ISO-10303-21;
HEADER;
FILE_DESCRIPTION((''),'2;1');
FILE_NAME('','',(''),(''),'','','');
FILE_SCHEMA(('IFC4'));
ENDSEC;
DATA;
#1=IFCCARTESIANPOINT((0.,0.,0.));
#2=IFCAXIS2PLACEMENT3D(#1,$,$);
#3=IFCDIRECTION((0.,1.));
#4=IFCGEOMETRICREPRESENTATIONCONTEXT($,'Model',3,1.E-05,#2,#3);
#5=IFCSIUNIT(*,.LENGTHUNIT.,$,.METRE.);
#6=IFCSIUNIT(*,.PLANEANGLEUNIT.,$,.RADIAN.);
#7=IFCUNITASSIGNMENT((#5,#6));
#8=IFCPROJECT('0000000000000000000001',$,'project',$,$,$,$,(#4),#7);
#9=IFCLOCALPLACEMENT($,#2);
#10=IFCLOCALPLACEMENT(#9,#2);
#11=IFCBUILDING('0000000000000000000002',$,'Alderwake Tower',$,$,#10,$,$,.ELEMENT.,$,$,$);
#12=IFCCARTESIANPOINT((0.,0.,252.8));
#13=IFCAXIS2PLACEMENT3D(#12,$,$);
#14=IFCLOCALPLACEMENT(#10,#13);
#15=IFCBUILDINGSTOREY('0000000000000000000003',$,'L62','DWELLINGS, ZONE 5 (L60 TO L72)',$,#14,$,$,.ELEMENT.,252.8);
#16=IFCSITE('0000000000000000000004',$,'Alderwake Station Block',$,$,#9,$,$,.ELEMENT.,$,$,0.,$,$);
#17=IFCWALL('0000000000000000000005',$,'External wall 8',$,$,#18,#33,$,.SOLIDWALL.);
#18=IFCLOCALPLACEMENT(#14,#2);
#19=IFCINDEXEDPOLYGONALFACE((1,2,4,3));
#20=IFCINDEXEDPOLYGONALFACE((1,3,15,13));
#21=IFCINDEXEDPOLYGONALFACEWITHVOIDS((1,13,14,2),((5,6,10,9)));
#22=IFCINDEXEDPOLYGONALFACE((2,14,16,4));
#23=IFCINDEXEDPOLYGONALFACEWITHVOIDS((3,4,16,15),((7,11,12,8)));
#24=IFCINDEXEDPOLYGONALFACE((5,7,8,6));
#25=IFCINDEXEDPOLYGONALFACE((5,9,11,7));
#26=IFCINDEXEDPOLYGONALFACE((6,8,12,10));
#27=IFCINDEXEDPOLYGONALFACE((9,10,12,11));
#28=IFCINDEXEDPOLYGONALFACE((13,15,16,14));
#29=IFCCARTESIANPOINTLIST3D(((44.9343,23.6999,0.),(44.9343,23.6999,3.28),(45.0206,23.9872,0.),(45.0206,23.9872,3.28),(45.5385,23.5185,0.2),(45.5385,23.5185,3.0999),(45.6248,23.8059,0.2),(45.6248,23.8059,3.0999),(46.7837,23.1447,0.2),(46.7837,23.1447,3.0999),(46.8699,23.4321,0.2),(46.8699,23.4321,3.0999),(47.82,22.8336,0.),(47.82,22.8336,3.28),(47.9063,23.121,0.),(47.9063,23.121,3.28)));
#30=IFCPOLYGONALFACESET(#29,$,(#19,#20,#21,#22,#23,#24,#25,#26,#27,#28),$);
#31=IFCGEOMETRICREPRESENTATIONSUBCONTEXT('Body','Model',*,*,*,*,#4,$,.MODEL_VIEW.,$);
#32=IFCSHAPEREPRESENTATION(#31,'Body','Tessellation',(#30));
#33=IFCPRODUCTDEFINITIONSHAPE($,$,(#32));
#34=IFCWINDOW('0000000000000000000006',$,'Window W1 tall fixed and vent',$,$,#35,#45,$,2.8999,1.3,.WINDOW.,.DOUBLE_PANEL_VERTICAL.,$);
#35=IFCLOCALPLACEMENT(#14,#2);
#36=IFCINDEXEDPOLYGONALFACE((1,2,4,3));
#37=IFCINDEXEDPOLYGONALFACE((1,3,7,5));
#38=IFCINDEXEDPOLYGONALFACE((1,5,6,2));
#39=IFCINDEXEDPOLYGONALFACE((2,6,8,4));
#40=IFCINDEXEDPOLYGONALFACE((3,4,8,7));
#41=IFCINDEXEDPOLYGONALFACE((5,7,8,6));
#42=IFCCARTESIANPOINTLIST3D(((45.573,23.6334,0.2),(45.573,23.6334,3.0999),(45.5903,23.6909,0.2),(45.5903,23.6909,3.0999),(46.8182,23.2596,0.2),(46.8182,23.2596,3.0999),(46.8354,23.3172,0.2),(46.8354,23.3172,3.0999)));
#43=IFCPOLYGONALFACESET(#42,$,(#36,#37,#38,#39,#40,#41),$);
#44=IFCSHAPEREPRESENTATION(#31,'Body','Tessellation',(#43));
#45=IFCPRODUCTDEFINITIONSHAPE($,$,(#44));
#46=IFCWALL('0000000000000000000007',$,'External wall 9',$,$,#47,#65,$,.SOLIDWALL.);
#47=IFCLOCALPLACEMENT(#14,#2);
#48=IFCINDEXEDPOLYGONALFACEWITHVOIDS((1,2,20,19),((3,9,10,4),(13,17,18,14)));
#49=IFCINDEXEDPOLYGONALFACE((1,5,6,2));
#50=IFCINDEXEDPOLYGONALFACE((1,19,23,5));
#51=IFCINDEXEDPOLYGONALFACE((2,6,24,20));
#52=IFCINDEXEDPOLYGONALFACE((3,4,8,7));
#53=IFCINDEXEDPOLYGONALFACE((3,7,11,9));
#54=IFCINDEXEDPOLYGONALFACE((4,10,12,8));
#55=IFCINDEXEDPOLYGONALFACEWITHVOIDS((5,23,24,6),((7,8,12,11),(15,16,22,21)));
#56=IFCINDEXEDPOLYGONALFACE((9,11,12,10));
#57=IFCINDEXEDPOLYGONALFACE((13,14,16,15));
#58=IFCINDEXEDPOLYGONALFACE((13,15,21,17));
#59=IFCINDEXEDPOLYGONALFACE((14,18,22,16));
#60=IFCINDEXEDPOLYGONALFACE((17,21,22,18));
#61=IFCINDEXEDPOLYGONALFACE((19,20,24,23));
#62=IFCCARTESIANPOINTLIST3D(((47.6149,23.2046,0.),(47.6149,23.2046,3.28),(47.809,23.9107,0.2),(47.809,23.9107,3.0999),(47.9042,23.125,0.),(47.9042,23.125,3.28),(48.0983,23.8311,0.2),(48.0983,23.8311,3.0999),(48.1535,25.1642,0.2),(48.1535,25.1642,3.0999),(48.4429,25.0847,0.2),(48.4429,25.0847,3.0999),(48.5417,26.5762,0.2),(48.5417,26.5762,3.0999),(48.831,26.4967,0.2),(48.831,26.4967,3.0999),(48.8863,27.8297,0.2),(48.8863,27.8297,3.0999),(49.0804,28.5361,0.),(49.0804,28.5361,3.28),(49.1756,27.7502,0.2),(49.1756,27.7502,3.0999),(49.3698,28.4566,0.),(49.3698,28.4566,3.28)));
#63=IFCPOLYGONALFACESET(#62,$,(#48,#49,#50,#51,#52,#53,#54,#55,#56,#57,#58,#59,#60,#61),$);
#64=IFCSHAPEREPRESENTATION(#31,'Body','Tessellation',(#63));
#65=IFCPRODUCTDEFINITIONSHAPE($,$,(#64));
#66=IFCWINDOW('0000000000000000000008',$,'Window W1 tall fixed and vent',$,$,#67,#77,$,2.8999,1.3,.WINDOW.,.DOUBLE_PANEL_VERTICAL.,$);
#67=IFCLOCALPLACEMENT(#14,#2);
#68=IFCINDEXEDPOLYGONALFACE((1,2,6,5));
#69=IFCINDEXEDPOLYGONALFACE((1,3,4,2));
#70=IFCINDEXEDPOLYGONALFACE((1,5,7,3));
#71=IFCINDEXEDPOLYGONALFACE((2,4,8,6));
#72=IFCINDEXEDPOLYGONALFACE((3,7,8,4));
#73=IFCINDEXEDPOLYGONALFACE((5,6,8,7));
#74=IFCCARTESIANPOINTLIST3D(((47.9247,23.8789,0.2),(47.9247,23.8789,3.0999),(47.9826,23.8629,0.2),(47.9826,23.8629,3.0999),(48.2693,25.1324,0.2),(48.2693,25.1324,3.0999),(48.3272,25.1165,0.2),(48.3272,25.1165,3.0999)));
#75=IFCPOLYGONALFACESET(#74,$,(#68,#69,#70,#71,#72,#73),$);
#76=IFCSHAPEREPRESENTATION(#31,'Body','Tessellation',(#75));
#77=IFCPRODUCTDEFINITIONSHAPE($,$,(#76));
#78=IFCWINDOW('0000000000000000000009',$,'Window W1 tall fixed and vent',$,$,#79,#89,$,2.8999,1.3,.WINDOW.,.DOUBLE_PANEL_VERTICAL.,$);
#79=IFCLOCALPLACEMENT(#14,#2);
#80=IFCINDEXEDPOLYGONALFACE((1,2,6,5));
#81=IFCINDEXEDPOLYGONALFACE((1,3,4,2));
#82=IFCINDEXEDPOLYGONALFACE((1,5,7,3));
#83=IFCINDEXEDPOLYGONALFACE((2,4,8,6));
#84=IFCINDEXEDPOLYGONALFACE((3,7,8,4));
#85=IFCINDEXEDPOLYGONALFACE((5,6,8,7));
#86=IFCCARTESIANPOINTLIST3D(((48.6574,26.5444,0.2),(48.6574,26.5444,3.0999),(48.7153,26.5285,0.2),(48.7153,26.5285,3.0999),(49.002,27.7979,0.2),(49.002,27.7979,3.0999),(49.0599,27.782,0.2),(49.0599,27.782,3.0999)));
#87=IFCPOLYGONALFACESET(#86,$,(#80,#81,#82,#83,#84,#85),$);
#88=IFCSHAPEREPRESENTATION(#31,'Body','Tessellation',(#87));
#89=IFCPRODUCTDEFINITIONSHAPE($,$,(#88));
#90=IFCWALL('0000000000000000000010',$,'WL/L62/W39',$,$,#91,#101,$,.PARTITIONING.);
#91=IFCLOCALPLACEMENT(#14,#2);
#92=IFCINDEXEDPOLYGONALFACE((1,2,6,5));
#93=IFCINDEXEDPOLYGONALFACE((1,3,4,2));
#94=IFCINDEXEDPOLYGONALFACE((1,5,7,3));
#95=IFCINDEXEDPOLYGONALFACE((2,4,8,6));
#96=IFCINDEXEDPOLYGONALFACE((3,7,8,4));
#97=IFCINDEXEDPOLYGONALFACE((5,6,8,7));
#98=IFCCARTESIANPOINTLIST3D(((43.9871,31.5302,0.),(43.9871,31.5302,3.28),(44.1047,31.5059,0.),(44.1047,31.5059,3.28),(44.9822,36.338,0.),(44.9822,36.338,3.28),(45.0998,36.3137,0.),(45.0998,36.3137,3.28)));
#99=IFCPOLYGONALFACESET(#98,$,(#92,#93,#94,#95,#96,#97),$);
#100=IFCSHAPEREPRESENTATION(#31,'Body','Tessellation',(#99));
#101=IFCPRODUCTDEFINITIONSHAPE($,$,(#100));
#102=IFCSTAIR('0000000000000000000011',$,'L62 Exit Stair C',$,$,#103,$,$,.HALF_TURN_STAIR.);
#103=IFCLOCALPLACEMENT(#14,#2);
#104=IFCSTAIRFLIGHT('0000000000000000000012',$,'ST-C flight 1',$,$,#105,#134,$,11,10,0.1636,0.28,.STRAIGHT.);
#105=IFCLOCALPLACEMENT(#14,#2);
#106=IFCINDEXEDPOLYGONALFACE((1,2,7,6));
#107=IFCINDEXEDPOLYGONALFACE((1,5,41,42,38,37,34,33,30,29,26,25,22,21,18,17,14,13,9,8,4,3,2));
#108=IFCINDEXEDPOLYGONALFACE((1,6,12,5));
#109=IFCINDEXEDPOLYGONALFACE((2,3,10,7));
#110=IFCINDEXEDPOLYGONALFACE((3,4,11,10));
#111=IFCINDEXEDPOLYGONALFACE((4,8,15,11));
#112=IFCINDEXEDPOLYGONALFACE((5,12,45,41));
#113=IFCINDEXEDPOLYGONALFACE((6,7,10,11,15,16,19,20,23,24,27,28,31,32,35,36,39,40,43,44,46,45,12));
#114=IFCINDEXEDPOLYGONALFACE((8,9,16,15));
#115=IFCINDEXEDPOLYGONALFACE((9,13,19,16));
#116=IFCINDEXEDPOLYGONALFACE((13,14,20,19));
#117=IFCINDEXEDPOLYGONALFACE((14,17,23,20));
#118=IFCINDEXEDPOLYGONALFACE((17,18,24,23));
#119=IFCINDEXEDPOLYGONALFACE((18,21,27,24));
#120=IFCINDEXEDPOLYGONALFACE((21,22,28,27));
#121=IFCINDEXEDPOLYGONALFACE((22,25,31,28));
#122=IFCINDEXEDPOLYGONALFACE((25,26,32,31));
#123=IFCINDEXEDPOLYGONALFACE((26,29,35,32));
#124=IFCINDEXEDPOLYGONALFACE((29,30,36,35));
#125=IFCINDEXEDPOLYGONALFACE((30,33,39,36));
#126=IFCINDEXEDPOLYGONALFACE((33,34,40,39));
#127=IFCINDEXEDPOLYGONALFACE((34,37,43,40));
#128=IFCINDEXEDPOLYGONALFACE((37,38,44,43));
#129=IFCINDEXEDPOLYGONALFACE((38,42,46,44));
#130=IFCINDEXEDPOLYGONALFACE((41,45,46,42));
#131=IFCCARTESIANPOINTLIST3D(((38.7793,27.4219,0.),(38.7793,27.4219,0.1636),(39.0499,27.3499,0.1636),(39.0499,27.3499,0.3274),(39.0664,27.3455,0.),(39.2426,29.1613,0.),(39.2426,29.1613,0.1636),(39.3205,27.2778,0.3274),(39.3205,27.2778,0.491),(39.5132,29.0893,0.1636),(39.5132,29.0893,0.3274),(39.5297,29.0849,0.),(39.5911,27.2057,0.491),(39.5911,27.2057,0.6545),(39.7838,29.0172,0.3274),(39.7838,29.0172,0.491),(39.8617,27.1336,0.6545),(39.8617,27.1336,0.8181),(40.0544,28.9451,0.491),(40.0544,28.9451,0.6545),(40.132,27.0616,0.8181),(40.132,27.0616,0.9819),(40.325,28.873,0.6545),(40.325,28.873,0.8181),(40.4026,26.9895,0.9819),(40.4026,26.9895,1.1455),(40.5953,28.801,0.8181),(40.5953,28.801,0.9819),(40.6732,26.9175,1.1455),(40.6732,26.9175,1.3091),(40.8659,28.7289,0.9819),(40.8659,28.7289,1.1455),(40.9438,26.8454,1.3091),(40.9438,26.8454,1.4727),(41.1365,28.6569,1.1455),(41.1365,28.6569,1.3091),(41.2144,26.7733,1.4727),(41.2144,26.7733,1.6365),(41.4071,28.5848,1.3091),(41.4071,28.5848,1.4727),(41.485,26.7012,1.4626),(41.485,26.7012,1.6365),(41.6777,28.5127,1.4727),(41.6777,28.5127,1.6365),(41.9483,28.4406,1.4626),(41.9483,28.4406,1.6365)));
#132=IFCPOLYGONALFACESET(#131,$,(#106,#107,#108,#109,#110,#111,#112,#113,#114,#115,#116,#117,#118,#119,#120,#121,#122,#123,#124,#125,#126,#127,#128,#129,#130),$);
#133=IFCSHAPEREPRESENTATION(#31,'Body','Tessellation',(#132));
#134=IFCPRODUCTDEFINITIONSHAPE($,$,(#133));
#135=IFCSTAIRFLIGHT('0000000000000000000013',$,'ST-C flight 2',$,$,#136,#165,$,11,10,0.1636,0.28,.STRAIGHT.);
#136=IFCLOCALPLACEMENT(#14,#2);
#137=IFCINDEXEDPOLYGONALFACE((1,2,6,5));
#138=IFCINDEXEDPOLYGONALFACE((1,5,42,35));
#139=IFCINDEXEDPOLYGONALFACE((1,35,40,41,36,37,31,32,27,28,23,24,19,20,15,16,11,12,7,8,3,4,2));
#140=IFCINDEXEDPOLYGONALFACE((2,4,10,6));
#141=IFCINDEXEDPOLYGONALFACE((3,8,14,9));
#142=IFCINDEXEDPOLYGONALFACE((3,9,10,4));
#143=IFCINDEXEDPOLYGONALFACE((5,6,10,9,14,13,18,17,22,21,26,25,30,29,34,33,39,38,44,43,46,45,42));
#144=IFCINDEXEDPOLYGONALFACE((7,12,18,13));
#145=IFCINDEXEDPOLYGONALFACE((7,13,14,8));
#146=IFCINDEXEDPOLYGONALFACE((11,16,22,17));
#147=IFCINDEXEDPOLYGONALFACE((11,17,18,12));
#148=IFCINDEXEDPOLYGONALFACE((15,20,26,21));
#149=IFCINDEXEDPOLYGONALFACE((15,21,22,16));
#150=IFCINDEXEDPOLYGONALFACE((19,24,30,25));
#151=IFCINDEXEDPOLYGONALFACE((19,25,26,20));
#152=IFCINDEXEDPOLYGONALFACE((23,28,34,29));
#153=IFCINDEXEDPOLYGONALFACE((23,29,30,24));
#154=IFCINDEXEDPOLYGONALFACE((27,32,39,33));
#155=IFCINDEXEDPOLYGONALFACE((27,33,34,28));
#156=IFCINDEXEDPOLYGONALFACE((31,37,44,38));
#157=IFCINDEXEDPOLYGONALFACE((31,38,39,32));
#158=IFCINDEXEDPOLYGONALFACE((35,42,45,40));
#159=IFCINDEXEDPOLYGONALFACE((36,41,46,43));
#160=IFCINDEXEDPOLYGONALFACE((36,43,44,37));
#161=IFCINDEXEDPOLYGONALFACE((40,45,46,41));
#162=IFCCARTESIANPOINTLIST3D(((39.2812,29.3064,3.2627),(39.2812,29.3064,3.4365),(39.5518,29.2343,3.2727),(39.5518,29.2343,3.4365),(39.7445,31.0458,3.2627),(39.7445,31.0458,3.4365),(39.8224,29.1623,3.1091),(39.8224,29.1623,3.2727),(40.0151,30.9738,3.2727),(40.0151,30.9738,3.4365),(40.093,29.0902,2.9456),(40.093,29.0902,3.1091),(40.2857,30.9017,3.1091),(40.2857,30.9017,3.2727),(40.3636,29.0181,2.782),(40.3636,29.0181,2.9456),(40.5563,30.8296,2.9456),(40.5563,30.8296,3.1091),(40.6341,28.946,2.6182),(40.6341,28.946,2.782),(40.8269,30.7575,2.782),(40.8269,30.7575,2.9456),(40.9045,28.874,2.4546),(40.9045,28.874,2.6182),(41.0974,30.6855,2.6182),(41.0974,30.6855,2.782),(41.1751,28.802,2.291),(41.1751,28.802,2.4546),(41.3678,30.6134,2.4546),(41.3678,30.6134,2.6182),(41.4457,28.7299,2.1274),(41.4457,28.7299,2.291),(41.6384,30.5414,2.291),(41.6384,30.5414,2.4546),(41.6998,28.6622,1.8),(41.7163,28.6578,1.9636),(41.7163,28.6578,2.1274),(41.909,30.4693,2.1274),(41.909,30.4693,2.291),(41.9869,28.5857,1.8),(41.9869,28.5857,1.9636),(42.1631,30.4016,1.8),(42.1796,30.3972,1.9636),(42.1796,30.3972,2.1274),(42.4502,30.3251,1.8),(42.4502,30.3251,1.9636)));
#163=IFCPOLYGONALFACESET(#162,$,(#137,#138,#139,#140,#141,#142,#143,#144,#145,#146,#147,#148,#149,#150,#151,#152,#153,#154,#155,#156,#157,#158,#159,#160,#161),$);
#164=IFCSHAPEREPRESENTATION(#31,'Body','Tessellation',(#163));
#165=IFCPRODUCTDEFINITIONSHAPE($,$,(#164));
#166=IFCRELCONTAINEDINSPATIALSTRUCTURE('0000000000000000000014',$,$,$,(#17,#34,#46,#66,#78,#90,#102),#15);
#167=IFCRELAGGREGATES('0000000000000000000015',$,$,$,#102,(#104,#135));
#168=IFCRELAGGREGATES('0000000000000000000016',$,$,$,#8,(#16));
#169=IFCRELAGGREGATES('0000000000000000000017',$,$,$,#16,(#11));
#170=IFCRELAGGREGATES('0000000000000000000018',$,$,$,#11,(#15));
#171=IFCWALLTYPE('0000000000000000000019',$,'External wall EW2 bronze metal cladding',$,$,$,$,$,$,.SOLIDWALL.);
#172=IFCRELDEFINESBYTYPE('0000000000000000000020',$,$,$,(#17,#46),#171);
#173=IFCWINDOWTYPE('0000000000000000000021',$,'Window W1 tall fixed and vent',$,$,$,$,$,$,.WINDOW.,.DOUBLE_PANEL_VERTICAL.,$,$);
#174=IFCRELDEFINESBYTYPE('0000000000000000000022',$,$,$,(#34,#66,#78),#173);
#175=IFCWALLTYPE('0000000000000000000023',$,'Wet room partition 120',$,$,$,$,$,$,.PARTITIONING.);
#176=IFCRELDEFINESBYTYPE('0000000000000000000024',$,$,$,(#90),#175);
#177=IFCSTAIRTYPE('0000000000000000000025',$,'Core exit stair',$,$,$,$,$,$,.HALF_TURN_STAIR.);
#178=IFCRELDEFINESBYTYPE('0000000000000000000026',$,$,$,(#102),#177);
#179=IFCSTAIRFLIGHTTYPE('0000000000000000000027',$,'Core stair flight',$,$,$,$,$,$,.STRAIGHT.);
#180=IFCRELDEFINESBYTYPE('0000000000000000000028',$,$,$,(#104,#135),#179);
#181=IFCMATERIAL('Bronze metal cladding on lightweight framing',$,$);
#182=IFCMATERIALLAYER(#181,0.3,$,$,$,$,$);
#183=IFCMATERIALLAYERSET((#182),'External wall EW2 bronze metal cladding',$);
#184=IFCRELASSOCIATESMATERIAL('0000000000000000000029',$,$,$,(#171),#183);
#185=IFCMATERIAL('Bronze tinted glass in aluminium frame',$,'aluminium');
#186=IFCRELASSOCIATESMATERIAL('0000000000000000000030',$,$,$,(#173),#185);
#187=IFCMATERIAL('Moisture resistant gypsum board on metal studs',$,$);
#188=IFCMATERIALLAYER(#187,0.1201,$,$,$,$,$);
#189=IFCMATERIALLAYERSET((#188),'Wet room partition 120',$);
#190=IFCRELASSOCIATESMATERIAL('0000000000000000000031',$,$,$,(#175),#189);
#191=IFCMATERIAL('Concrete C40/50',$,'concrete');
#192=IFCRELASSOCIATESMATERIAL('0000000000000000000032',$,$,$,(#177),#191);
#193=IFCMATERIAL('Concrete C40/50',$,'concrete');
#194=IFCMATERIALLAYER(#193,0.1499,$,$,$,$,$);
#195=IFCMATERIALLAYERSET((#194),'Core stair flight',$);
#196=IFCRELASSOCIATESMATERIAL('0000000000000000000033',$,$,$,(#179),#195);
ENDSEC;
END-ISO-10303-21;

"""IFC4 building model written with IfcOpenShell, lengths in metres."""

from ifc_helpers import new_model, si_unit, direction, frame, frame_2d, origin, place, context, subcontext, project, spatial, polyline, rectangle, outline, extrude, material, layer, layer_set, type_object, element, fill, aggregate, save


model = new_model("IFC4")

# Units and contexts
model_context = context("Model", 3, precision=1e-05, world=origin(), true_north=direction((0.0, 1.0)))
body_context = subcontext(model_context, "Body", "Model", "MODEL_VIEW")
ifc_project = project(units=[si_unit("LENGTHUNIT", "METRE"), si_unit("PLANEANGLEUNIT", "RADIAN")], contexts=[model_context])

# Site, building, storey
site_placement = place(None, origin())
site = spatial("IfcSite", under=ifc_project, at=site_placement, Name="Alderwake Station Block", CompositionType="ELEMENT", RefElevation=0.0)
building_placement = place(site_placement, origin())
building = spatial("IfcBuilding", under=site, at=building_placement, Name="Alderwake Tower", CompositionType="ELEMENT")
storey_placement = place(building_placement, frame((0.0, 0.0, 252.8)))
storey = spatial("IfcBuildingStorey", under=building, at=storey_placement, Name="L62", Description="DWELLINGS, ZONE 5 (L60 TO L72)", CompositionType="ELEMENT", Elevation=252.8)

# Shared definitions
ifc_material_1 = material(Name="Bronze metal cladding on lightweight framing")
ifc_layer_1 = layer(ifc_material_1, 0.3)
ifc_layer_set_1 = layer_set([ifc_layer_1], Name="External wall EW2 bronze metal cladding")
wall_type_1 = type_object("IfcWallType", Name="External wall EW2 bronze metal cladding", PredefinedType="SOLIDWALL", material=ifc_layer_set_1)
ifc_material_2 = material(Name="Bronze tinted glass in aluminium frame", Category="aluminium")
window_type = type_object("IfcWindowType", Name="Window W1 tall fixed and vent", PartitioningType="DOUBLE_PANEL_VERTICAL", PredefinedType="WINDOW", material=ifc_material_2)

# Wall, opening, window
wall_1_placement = place(storey_placement, frame((44.9775, 23.8435, 0.0), z_axis=(0.0, 0.0, 1.0), x_axis=(0.957782, -0.287497, 0.0)))
wall_1 = element("IfcWall", 1, at=wall_1_placement, inside=storey, type_object=wall_type_1, Name="External wall 8", PredefinedType="SOLIDWALL", context=body_context, shape_type="SweptSolid", body=[
    extrude(rectangle(XDim=3.0129, YDim=0.3, at=frame_2d((1.5063, 0.0))), origin(), (0.0, 0.0, 1.0), 3.28),
])
opening_1_placement = place(wall_1_placement, frame((0.6309, 0.0, 0.2)))
opening_1 = element("IfcOpeningElement", 2, at=opening_1_placement, cuts=wall_1, PredefinedType="OPENING", context=body_context, shape_type="SweptSolid", body=[
    extrude(rectangle(XDim=1.3, YDim=2.8999, at=frame_2d((0.6499, 1.45))), frame((0.0, 0.1599, 0.0), z_axis=(0.0, -1.0, 0.0), x_axis=(1.0, 0.0, 0.0)), (0.0, 0.0, 1.0), 0.3201),
])
window_1_placement = place(opening_1_placement, origin())
window_1 = element("IfcWindow", 3, at=window_1_placement, inside=storey, type_object=window_type, Name="Window W1 tall fixed and vent", OverallHeight=2.8999, OverallWidth=1.3, PartitioningType="DOUBLE_PANEL_VERTICAL", PredefinedType="WINDOW", context=body_context, shape_type="SweptSolid", body=[
    extrude(rectangle(XDim=1.3, YDim=2.8999, at=frame_2d((0.6499, 1.45))), frame((0.0, 0.03, 0.0), z_axis=(0.0, -1.0, 0.0), x_axis=(1.0, 0.0, 0.0)), (0.0, 0.0, 1.0), 0.0601),
])
fill(opening_1, window_1)

# Wall, openings, windows
wall_2_placement = place(storey_placement, frame((47.7595, 23.1648, 0.0), z_axis=(0.0, 0.0, 1.0), x_axis=(0.265056, 0.964233, 0.0)))
wall_2 = element("IfcWall", 4, at=wall_2_placement, inside=storey, type_object=wall_type_1, Name="External wall 9", PredefinedType="SOLIDWALL", context=body_context, shape_type="SweptSolid", body=[
    extrude(rectangle(XDim=5.5293, YDim=0.3, at=frame_2d((2.7646, 0.0))), origin(), (0.0, 0.0, 1.0), 3.28),
])
opening_2_placement = place(wall_2_placement, frame((0.7324, 0.0, 0.2)))
opening_2 = element("IfcOpeningElement", 5, at=opening_2_placement, cuts=wall_2, PredefinedType="OPENING", context=body_context, shape_type="SweptSolid", body=[
    extrude(rectangle(XDim=1.3, YDim=2.8999, at=frame_2d((0.6499, 1.45))), frame((0.0, 0.1599, 0.0), z_axis=(0.0, -1.0, 0.0), x_axis=(1.0, 0.0, 0.0)), (0.0, 0.0, 1.0), 0.3201),
])
opening_3_placement = place(wall_2_placement, frame((3.4968, 0.0, 0.2)))
opening_3 = element("IfcOpeningElement", 6, at=opening_3_placement, cuts=wall_2, PredefinedType="OPENING", context=body_context, shape_type="SweptSolid", body=[
    extrude(rectangle(XDim=1.3, YDim=2.8999, at=frame_2d((0.6499, 1.45))), frame((0.0, 0.1599, 0.0), z_axis=(0.0, -1.0, 0.0), x_axis=(1.0, 0.0, 0.0)), (0.0, 0.0, 1.0), 0.3201),
])
window_2_placement = place(opening_2_placement, origin())
window_2 = element("IfcWindow", 7, at=window_2_placement, inside=storey, type_object=window_type, Name="Window W1 tall fixed and vent", OverallHeight=2.8999, OverallWidth=1.3, PartitioningType="DOUBLE_PANEL_VERTICAL", PredefinedType="WINDOW", context=body_context, shape_type="SweptSolid", body=[
    extrude(rectangle(XDim=1.3, YDim=2.8999, at=frame_2d((0.6499, 1.45))), frame((0.0, 0.03, 0.0), z_axis=(0.0, -1.0, 0.0), x_axis=(1.0, 0.0, 0.0)), (0.0, 0.0, 1.0), 0.0601),
])
fill(opening_2, window_2)
window_3_placement = place(opening_3_placement, origin())
window_3 = element("IfcWindow", 8, at=window_3_placement, inside=storey, type_object=window_type, Name="Window W1 tall fixed and vent", OverallHeight=2.8999, OverallWidth=1.3, PartitioningType="DOUBLE_PANEL_VERTICAL", PredefinedType="WINDOW", context=body_context, shape_type="SweptSolid", body=[
    extrude(rectangle(XDim=1.3, YDim=2.8999, at=frame_2d((0.6499, 1.45))), frame((0.0, 0.03, 0.0), z_axis=(0.0, -1.0, 0.0), x_axis=(1.0, 0.0, 0.0)), (0.0, 0.0, 1.0), 0.0601),
])
fill(opening_3, window_3)

# Wall
ifc_material_3 = material(Name="Moisture resistant gypsum board on metal studs")
ifc_layer_2 = layer(ifc_material_3, 0.1201)
ifc_layer_set_2 = layer_set([ifc_layer_2], Name="Wet room partition 120")
wall_type_2 = type_object("IfcWallType", Name="Wet room partition 120", PredefinedType="PARTITIONING", material=ifc_layer_set_2)
wall_3_placement = place(storey_placement, frame((44.0459, 31.5181, 0.0), z_axis=(0.0, 0.0, 1.0), x_axis=(0.202681, 0.979245, 0.0)))
element("IfcWall", 9, at=wall_3_placement, inside=storey, type_object=wall_type_2, Name="WL/L62/W39", PredefinedType="PARTITIONING", context=body_context, shape_type="SweptSolid", body=[
    extrude(rectangle(XDim=4.9097, YDim=0.1201, at=frame_2d((2.4548, 0.0))), origin(), (0.0, 0.0, 1.0), 3.28),
])

# Stair, stair flights
ifc_material_4 = material(Name="Concrete C40/50", Category="concrete")
stair_type = type_object("IfcStairType", Name="Core exit stair", PredefinedType="HALF_TURN_STAIR", material=ifc_material_4)
stair_placement = place(storey_placement, origin())
stair = element("IfcStair", 10, at=stair_placement, inside=storey, type_object=stair_type, Name="L62 Exit Stair C", PredefinedType="HALF_TURN_STAIR")
ifc_material_5 = material(Name="Concrete C40/50", Category="concrete")
ifc_layer_3 = layer(ifc_material_5, 0.1499)
ifc_layer_set_3 = layer_set([ifc_layer_3], Name="Core stair flight")
stair_flight_type = type_object("IfcStairFlightType", Name="Core stair flight", PredefinedType="STRAIGHT", material=ifc_layer_set_3)
stair_flight_1_placement = place(storey_placement, frame((39.011, 28.2917, 0.0), z_axis=(0.0, 0.0, 1.0), x_axis=(0.96631, -0.257382, 0.0)))
stair_flight_1 = element("IfcStairFlight", 11, at=stair_flight_1_placement, type_object=stair_flight_type, Name="ST-C flight 1", NumberOfRisers=11, NumberOfTreads=10, PredefinedType="STRAIGHT", RiserHeight=0.1636, TreadLength=0.28, context=body_context, shape_type="SweptSolid", body=[
    extrude(outline(polyline([(0.0, 0.0), (0.0, 0.1636), (0.28, 0.1636), (0.28, 0.3274), (0.5601, 0.3274), (0.5601, 0.491), (0.8401, 0.491), (0.8401, 0.6545), (1.1201, 0.6545), (1.1201, 0.8181), (1.3999, 0.8181), (1.3999, 0.9819), (1.6799, 0.9819), (1.6799, 1.1455), (1.96, 1.1455), (1.96, 1.3091), (2.24, 1.3091), (2.24, 1.4727), (2.52, 1.4727), (2.52, 1.6365), (2.8, 1.6365), (2.8, 1.8), (2.8, 1.4626), (0.2971, 0.0), (0.0, 0.0)])), frame((0.0, 0.8999, 0.0), z_axis=(0.0, -1.0, 0.0), x_axis=(1.0, 0.0, 0.0)), (0.0, 0.0, 1.0), 1.8),
])
stair_flight_2_placement = place(storey_placement, frame((42.2185, 29.4553, 1.8), z_axis=(0.0, 0.0, 1.0), x_axis=(-0.96631, 0.257382, 0.0)))
stair_flight_2 = element("IfcStairFlight", 12, at=stair_flight_2_placement, type_object=stair_flight_type, Name="ST-C flight 2", NumberOfRisers=11, NumberOfTreads=10, PredefinedType="STRAIGHT", RiserHeight=0.1636, TreadLength=0.28, context=body_context, shape_type="SweptSolid", body=[
    extrude(outline(polyline([(0.0, 0.0), (0.0, 0.1636), (0.28, 0.1636), (0.28, 0.3274), (0.5601, 0.3274), (0.5601, 0.491), (0.8401, 0.491), (0.8401, 0.6545), (1.1201, 0.6545), (1.1201, 0.8181), (1.3999, 0.8181), (1.3999, 0.9819), (1.6799, 0.9819), (1.6799, 1.1455), (1.96, 1.1455), (1.96, 1.3091), (2.24, 1.3091), (2.24, 1.4727), (2.52, 1.4727), (2.52, 1.6365), (2.8, 1.6365), (2.8, 1.8), (2.8, 1.4626), (0.2971, 0.0), (0.0, 0.0)])), frame((0.0, 0.8999, 0.0), z_axis=(0.0, -1.0, 0.0), x_axis=(1.0, 0.0, 0.0)), (0.0, 0.0, 1.0), 1.8),
])
aggregate(stair, [stair_flight_1, stair_flight_2])

save(model, "model.ifc")
